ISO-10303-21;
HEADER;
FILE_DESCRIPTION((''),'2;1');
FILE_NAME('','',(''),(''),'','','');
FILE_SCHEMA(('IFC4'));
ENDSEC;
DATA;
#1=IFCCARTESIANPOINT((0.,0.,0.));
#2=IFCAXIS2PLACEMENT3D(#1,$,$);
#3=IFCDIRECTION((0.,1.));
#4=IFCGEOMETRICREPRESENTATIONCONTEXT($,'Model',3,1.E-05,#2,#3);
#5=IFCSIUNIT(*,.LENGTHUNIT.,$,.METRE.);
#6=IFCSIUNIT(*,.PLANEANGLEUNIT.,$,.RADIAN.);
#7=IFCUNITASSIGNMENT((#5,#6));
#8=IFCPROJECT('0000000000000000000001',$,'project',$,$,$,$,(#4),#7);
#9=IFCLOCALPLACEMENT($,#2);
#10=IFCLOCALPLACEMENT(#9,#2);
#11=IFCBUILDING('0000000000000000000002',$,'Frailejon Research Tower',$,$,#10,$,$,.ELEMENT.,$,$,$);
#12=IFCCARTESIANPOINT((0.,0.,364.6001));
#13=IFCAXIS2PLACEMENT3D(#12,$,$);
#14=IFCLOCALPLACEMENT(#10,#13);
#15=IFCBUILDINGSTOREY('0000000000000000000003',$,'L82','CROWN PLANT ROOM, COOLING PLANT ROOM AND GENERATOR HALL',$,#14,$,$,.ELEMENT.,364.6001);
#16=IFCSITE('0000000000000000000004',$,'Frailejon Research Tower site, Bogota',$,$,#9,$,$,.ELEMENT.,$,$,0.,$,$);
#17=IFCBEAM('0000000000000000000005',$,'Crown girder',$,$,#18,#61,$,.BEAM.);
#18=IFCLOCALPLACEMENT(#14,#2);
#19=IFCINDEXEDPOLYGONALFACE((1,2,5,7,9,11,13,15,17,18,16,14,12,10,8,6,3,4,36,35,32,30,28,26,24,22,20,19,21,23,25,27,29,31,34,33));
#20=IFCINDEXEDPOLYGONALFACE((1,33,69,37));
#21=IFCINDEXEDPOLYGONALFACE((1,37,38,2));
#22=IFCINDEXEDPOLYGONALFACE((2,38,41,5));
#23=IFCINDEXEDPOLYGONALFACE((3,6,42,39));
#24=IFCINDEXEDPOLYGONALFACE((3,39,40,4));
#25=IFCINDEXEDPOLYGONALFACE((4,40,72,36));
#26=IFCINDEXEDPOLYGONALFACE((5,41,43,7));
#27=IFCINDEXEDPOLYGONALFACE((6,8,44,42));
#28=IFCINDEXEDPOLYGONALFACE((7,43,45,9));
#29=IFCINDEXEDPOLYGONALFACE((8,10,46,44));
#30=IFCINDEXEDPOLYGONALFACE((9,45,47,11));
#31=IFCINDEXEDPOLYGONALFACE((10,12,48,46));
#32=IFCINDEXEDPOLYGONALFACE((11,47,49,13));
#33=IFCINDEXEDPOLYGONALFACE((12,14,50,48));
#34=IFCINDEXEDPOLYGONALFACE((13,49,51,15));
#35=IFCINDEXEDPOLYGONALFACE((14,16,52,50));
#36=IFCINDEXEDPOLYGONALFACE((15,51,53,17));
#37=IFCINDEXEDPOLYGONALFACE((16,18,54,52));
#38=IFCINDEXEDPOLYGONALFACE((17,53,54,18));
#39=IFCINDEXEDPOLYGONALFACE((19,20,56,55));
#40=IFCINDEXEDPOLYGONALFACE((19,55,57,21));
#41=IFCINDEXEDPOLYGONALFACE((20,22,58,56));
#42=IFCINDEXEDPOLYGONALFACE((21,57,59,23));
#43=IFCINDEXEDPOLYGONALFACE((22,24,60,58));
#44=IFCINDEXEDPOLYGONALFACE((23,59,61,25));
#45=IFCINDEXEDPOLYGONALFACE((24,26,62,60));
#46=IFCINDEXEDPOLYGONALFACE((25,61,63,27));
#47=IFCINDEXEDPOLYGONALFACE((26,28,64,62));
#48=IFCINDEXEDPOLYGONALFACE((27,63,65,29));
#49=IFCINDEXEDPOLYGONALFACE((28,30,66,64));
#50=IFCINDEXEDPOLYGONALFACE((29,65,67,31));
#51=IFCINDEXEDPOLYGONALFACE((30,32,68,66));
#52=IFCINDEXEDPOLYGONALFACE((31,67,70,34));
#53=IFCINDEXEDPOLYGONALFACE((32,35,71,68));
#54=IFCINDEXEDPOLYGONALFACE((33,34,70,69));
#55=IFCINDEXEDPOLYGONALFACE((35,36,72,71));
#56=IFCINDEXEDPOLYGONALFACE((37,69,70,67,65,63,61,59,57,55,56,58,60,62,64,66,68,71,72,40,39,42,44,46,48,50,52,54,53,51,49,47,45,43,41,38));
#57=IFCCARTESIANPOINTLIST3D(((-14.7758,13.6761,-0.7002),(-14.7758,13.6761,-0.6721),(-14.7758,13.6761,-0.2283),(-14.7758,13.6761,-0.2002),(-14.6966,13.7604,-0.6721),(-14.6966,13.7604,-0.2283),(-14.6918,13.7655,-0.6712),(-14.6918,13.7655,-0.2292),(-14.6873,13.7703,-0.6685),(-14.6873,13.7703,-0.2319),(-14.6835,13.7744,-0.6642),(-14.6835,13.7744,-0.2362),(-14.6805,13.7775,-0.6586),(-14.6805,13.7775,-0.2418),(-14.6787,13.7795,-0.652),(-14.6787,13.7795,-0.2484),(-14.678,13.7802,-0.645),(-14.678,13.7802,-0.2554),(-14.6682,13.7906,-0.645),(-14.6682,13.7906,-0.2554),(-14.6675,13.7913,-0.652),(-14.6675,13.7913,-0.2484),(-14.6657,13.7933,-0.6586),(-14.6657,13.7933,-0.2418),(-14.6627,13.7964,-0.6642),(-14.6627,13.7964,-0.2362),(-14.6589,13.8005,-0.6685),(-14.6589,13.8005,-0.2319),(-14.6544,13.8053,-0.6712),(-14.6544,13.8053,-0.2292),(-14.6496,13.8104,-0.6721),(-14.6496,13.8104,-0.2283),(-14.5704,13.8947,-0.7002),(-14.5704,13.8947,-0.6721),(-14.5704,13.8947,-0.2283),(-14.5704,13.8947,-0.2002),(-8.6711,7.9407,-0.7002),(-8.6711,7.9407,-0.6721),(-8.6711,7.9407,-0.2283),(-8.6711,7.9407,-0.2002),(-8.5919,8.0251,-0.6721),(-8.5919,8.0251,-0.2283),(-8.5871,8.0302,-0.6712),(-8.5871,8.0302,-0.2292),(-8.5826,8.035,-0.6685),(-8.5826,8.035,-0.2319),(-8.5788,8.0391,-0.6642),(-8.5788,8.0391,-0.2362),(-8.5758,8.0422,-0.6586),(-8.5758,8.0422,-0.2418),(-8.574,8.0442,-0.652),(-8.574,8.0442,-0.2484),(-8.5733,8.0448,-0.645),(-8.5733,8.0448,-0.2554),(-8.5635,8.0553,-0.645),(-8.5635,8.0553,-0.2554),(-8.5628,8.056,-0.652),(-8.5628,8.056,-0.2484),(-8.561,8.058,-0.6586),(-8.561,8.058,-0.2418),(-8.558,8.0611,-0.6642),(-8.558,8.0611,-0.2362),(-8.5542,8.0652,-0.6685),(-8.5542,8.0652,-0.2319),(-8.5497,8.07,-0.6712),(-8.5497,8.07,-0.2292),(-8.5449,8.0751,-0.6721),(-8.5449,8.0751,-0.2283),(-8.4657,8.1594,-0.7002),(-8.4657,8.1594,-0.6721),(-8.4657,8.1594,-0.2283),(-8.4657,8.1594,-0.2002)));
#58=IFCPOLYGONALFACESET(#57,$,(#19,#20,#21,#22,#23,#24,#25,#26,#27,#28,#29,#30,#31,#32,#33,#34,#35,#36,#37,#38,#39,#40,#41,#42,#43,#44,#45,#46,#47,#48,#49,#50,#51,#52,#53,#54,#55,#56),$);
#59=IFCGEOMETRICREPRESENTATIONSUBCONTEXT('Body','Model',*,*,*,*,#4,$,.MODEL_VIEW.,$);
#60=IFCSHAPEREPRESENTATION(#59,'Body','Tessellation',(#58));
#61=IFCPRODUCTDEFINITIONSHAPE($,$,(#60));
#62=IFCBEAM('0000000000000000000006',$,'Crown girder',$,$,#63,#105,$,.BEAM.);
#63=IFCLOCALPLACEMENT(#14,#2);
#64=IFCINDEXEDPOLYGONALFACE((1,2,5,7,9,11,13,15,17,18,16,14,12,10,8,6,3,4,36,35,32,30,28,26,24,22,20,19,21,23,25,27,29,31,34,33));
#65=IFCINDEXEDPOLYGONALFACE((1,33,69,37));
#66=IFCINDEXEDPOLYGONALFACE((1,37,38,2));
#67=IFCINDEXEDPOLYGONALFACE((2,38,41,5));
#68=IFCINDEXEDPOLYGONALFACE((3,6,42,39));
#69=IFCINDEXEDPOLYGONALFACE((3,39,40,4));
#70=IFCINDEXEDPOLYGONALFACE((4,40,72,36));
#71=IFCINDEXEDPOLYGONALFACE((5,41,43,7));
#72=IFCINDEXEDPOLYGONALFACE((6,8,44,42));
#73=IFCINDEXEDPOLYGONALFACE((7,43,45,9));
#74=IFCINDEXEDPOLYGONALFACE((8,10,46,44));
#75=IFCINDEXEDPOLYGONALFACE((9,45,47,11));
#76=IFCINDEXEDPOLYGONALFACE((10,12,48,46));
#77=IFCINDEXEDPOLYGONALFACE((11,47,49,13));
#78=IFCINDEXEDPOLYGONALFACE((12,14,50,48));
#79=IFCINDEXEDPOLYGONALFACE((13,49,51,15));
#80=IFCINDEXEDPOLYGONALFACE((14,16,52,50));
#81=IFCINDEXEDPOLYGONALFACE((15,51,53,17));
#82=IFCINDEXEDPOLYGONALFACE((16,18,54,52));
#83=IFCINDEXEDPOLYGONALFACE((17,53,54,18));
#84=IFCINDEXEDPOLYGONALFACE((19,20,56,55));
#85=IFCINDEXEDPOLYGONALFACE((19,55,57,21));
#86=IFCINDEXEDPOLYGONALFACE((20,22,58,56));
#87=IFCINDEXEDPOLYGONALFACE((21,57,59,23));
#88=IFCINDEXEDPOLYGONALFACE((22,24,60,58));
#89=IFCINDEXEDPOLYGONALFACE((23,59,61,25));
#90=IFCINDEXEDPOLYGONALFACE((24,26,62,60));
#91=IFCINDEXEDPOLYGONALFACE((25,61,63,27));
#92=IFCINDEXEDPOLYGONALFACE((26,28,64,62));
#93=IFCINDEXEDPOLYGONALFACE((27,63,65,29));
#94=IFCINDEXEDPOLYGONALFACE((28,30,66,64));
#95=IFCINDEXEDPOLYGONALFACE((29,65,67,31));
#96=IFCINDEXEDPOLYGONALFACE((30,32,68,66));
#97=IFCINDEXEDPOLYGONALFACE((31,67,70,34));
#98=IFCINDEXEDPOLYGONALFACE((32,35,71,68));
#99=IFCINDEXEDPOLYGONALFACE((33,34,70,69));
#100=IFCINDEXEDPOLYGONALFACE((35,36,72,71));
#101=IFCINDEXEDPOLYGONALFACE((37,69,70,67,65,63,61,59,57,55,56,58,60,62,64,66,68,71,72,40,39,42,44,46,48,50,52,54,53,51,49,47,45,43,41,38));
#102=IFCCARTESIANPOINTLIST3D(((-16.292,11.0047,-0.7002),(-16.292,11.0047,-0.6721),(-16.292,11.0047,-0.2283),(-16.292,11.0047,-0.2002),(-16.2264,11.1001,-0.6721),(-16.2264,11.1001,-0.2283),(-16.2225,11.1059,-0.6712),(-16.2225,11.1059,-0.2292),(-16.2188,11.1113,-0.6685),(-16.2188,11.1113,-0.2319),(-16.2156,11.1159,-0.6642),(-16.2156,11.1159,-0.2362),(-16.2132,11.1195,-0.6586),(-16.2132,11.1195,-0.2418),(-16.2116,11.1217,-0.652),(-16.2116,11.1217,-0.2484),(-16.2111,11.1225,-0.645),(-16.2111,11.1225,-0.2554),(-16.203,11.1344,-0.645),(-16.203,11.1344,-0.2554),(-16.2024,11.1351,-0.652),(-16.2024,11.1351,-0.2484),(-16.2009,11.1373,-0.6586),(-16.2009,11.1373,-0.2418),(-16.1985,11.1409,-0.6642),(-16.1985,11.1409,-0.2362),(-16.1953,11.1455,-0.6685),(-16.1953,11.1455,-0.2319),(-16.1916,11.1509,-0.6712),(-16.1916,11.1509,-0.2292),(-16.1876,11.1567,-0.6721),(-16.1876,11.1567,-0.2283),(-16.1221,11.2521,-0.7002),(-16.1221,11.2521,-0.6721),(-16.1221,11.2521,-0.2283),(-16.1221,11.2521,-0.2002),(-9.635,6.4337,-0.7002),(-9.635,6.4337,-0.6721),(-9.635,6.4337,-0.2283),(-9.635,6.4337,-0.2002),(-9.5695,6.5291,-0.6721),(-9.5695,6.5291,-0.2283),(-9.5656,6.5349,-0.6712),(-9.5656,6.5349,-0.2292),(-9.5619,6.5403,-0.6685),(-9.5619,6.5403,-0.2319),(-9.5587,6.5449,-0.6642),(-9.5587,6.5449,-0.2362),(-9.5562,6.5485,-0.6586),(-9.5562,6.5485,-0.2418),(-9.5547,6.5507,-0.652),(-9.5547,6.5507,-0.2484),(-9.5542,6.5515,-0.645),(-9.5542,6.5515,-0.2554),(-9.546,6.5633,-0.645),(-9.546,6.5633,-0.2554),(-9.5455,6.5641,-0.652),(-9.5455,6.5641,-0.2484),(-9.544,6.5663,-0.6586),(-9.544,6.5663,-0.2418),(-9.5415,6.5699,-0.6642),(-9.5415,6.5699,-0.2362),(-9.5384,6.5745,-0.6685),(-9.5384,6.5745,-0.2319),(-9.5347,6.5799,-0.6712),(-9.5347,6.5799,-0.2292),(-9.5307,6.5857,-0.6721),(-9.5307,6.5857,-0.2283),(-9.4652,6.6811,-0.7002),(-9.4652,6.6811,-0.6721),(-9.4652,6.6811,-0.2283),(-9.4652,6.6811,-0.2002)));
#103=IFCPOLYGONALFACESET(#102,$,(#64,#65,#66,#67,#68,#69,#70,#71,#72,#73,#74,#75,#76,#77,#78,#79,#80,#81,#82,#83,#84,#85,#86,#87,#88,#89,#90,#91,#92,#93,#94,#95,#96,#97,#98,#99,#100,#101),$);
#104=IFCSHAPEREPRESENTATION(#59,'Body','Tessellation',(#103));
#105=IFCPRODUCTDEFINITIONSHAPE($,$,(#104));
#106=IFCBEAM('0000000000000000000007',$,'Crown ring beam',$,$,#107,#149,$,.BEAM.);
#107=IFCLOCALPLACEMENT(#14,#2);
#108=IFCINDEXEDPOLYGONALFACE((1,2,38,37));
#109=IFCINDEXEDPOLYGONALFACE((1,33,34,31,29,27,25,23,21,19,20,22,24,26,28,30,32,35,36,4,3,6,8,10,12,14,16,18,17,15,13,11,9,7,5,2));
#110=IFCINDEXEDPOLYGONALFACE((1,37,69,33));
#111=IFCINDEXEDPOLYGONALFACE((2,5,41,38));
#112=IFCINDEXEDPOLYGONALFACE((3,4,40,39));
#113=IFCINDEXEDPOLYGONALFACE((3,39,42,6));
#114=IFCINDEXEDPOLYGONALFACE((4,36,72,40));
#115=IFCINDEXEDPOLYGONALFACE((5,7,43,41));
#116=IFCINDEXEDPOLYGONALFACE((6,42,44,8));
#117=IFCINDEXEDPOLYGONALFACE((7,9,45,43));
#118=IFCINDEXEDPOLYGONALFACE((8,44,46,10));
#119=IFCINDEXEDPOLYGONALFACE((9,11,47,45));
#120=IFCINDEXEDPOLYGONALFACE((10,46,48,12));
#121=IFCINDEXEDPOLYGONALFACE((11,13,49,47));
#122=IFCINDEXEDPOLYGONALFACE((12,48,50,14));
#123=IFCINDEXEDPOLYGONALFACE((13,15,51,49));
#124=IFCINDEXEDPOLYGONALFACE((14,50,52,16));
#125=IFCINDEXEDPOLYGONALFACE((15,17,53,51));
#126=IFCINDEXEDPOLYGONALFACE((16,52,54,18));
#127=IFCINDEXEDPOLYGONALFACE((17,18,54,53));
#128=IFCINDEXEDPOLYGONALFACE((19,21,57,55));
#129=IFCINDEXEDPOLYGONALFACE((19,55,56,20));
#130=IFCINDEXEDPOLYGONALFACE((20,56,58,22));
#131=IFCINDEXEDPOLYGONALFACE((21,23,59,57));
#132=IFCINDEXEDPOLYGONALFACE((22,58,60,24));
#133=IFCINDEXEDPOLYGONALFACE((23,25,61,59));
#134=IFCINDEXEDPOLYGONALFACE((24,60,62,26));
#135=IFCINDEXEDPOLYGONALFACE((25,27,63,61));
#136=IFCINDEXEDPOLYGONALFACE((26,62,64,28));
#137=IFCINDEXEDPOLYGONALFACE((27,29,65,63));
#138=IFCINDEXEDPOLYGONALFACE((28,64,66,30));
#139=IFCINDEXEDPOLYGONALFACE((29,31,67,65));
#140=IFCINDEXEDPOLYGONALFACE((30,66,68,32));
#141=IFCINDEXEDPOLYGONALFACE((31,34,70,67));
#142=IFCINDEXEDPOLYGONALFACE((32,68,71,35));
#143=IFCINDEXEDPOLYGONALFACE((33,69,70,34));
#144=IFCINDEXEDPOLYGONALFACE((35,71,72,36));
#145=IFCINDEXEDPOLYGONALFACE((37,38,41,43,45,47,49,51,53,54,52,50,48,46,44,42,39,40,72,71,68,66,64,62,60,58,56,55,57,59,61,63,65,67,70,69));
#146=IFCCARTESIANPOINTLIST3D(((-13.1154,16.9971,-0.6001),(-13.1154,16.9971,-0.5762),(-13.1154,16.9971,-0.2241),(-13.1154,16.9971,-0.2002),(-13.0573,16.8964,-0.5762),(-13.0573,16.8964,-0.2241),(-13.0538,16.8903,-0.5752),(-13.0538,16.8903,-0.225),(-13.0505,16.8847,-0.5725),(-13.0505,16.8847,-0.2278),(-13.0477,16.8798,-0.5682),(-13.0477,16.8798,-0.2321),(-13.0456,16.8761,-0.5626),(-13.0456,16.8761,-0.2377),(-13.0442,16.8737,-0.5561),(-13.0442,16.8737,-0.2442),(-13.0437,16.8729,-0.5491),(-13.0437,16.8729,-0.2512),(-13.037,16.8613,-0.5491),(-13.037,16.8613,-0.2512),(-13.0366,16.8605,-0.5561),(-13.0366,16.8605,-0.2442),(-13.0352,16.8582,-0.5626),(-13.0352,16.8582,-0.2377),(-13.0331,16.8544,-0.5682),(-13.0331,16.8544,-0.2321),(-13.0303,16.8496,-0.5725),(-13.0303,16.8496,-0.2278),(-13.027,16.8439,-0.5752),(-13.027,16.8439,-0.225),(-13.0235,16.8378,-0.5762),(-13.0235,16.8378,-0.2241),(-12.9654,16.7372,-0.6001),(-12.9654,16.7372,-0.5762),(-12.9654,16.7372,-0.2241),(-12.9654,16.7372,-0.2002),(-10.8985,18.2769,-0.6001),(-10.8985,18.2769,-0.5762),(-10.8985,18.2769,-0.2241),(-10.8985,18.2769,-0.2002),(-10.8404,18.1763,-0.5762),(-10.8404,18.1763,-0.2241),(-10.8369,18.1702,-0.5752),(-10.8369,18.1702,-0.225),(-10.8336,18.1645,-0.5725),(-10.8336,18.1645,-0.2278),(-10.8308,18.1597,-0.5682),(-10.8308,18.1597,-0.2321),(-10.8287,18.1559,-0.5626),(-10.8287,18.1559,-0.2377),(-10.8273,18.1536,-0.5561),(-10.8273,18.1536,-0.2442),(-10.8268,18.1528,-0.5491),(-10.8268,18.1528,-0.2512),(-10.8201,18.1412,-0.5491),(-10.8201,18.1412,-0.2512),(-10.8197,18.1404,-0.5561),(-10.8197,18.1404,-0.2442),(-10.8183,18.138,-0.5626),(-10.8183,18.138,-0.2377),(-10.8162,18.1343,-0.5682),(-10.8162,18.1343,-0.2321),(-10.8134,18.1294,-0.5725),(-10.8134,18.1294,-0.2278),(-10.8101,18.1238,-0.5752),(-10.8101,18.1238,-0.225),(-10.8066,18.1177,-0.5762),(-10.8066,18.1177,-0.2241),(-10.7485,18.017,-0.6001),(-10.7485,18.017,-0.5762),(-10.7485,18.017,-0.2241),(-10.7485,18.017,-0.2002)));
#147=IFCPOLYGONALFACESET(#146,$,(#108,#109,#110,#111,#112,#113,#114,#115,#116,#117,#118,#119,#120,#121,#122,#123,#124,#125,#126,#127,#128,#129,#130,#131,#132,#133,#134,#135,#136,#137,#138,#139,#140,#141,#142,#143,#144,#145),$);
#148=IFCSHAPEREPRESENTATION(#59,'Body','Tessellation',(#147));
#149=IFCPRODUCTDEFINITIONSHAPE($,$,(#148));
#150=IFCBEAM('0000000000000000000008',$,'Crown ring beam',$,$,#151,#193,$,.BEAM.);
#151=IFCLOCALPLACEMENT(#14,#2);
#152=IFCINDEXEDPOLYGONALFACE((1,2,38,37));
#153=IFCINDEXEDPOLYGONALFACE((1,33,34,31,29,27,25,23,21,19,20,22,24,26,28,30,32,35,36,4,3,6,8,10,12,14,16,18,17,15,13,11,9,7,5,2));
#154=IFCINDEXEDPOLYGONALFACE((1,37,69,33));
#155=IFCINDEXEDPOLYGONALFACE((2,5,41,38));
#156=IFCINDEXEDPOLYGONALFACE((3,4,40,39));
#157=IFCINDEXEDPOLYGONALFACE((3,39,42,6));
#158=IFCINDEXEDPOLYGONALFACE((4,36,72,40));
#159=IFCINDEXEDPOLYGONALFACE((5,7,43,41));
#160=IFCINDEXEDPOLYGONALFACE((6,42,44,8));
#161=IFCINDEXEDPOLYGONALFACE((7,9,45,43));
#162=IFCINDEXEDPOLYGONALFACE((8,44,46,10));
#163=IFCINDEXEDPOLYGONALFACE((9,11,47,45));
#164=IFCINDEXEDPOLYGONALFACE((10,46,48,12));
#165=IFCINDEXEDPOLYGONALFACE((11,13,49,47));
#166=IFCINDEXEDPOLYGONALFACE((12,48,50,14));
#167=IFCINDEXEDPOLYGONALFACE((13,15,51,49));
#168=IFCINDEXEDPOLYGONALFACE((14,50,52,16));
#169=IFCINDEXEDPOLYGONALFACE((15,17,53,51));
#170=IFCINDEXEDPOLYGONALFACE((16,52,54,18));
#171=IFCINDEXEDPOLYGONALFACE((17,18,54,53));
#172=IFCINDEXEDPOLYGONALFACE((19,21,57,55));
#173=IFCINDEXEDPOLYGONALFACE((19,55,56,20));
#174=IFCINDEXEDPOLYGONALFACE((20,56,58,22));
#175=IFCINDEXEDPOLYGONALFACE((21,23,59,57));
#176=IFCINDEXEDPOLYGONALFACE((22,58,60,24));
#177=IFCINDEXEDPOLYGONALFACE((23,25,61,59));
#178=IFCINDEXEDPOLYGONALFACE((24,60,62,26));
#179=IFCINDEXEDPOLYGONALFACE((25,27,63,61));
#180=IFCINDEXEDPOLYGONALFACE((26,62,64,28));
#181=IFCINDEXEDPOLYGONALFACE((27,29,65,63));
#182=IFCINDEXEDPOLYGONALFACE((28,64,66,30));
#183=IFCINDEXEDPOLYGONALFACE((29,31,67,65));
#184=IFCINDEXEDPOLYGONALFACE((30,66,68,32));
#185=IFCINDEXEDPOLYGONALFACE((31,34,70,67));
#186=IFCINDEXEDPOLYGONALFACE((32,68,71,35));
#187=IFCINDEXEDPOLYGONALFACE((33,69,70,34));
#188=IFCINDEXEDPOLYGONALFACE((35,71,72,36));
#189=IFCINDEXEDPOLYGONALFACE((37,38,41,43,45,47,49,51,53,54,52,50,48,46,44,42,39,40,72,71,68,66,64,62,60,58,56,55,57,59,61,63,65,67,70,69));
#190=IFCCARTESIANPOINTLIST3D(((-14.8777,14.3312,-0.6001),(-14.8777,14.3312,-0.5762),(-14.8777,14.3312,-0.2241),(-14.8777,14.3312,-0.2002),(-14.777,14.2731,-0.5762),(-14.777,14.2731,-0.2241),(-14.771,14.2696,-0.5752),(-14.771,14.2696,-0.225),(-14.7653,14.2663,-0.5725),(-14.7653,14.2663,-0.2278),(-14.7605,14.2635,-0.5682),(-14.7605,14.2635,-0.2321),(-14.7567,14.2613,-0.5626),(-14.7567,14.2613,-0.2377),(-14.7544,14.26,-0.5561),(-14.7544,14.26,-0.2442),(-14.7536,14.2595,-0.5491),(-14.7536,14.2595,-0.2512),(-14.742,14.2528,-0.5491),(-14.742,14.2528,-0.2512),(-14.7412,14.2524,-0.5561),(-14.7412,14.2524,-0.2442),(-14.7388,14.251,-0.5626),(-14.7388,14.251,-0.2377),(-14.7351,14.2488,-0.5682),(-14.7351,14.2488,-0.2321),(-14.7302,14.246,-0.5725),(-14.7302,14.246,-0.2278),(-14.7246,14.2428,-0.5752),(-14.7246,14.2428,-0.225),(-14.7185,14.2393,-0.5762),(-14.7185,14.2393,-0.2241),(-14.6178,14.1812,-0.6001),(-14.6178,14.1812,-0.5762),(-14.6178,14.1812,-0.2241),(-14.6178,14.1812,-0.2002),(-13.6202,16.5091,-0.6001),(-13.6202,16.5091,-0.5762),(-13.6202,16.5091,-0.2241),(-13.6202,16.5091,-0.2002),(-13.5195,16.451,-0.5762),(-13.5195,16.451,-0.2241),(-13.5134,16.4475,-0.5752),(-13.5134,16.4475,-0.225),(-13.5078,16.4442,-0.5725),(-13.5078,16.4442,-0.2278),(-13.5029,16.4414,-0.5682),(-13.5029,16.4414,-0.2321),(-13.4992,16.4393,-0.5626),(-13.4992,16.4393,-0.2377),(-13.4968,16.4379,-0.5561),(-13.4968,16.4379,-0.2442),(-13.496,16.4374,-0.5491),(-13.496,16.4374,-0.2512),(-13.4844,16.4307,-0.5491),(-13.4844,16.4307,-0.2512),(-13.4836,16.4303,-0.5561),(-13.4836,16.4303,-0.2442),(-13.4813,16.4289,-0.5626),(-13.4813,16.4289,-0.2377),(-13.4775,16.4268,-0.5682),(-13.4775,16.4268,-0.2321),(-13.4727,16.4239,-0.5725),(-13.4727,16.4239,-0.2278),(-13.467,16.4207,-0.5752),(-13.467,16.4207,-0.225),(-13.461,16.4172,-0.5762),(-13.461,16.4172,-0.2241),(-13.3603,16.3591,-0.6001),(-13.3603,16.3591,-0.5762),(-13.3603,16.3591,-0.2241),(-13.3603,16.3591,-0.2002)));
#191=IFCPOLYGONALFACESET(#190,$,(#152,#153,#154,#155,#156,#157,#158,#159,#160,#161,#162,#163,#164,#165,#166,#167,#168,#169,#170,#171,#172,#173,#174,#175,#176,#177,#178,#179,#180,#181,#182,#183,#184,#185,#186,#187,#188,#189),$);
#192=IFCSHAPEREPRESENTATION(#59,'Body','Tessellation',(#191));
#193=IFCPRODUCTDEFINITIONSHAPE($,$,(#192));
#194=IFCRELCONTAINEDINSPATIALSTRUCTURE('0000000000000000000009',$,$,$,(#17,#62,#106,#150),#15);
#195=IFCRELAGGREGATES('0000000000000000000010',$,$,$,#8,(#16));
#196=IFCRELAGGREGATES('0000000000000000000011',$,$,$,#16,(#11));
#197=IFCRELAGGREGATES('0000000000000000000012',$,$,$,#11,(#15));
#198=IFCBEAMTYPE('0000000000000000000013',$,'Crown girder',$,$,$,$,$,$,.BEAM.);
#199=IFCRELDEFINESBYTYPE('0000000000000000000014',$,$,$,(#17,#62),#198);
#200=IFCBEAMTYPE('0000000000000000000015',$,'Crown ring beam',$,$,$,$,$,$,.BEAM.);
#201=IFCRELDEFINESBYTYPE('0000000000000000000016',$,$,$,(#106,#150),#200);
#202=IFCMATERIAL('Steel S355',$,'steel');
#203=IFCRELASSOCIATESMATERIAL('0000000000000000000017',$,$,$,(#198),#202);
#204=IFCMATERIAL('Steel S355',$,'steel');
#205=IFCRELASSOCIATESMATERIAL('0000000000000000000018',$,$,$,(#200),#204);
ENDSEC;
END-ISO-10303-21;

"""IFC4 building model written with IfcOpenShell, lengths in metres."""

from ifc_helpers import new_model, si_unit, direction, frame, origin, origin_2d, place, context, subcontext, project, spatial, i_section, extrude, material, material_profile, profile_set, type_object, element, save


model = new_model("IFC4")

# Units and contexts
model_context = context("Model", 3, precision=1e-05, world=origin(), true_north=direction((0.0, 1.0)))
body_context = subcontext(model_context, "Body", "Model", "MODEL_VIEW")
ifc_project = project(units=[si_unit("LENGTHUNIT", "METRE"), si_unit("PLANEANGLEUNIT", "RADIAN")], contexts=[model_context])

# Site, building, storey
site_placement = place(None, origin())
site = spatial("IfcSite", under=ifc_project, at=site_placement, Name="Frailejon Research Tower site, Bogota", CompositionType="ELEMENT", RefElevation=0.0)
building_placement = place(site_placement, origin())
building = spatial("IfcBuilding", under=site, at=building_placement, Name="Frailejon Research Tower", CompositionType="ELEMENT")
storey_placement = place(building_placement, frame((0.0, 0.0, 364.6001)))
storey = spatial("IfcBuildingStorey", under=building, at=storey_placement, Name="L82", Description="CROWN PLANT ROOM, COOLING PLANT ROOM AND GENERATOR HALL", CompositionType="ELEMENT", Elevation=364.6001)

# Beams
ifc_material_1 = material(Name="Steel S355", Category="steel")
ifc_material_profile_1 = material_profile(ifc_material_1, i_section(OverallWidth=0.3, OverallDepth=0.5, WebThickness=0.0144, FlangeThickness=0.0281, FilletRadius=0.0271, at=origin_2d()), Name="HE 500 B")
ifc_profile_set_1 = profile_set([ifc_material_profile_1], Name="Steel S355")
beam_type_1 = type_object("IfcBeamType", Name="Crown girder", PredefinedType="BEAM", material=ifc_profile_set_1)
beam_1_placement = place(storey_placement, frame((-14.6731, 13.7854, -0.4502), z_axis=(0.728812, -0.684713, 0.0), x_axis=(0.684713, 0.728812, 0.0)))
element("IfcBeam", 1, at=beam_1_placement, inside=storey, type_object=beam_type_1, Name="Crown girder", PredefinedType="BEAM", context=body_context, shape_type="SweptSolid", body=[
    extrude(i_section(OverallWidth=0.3, OverallDepth=0.5, WebThickness=0.0144, FlangeThickness=0.0281, FilletRadius=0.0271, at=origin_2d()), origin(), (0.0, 0.0, 1.0), 8.3762),
])
beam_2_placement = place(storey_placement, frame((-16.207, 11.1284, -0.4502), z_axis=(0.824367, -0.566055, 0.0), x_axis=(0.566055, 0.824367, 0.0)))
element("IfcBeam", 2, at=beam_2_placement, inside=storey, type_object=beam_type_1, Name="Crown girder", PredefinedType="BEAM", context=body_context, shape_type="SweptSolid", body=[
    extrude(i_section(OverallWidth=0.3, OverallDepth=0.5, WebThickness=0.0144, FlangeThickness=0.0281, FilletRadius=0.0271, at=origin_2d()), origin(), (0.0, 0.0, 1.0), 8.0752),
])
ifc_material_2 = material(Name="Steel S355", Category="steel")
ifc_material_profile_2 = material_profile(ifc_material_2, i_section(OverallWidth=0.3, OverallDepth=0.3999, WebThickness=0.0134, FlangeThickness=0.0239, FilletRadius=0.0271, at=origin_2d()), Name="HE 400 B")
ifc_profile_set_2 = profile_set([ifc_material_profile_2], Name="Steel S355")
beam_type_2 = type_object("IfcBeamType", Name="Crown ring beam", PredefinedType="BEAM", material=ifc_profile_set_2)
beam_3_placement = place(storey_placement, frame((-10.8235, 18.147, -0.4001), z_axis=(-0.866039, -0.499976, 0.0), x_axis=(0.499976, -0.866039, 0.0)))
element("IfcBeam", 3, at=beam_3_placement, inside=storey, type_object=beam_type_2, Name="Crown ring beam", PredefinedType="BEAM", context=body_context, shape_type="SweptSolid", body=[
    extrude(i_section(OverallWidth=0.3, OverallDepth=0.3999, WebThickness=0.0134, FlangeThickness=0.0239, FilletRadius=0.0271, at=origin_2d()), origin(), (0.0, 0.0, 1.0), 2.5598),
])
for number, where, z_axis, x_axis, name in (
    (4, (-13.4902, 16.4341, -0.4001), (-0.500033, -0.866006, 0.0), (0.866006, -0.500033, 0.0), "Crown ring beam"),
):
    element("IfcBeam", number, at=place(storey_placement, frame(where, z_axis=z_axis, x_axis=x_axis)), inside=storey, type_object=beam_type_2, Name=name, PredefinedType="BEAM", context=body_context, shape_type="SweptSolid", body=[
        extrude(i_section(OverallWidth=0.3, OverallDepth=0.3999, WebThickness=0.0134, FlangeThickness=0.0239, FilletRadius=0.0271, at=origin_2d()), origin(), (0.0, 0.0, 1.0), 2.5149),
    ])

save(model, "model.ifc")
